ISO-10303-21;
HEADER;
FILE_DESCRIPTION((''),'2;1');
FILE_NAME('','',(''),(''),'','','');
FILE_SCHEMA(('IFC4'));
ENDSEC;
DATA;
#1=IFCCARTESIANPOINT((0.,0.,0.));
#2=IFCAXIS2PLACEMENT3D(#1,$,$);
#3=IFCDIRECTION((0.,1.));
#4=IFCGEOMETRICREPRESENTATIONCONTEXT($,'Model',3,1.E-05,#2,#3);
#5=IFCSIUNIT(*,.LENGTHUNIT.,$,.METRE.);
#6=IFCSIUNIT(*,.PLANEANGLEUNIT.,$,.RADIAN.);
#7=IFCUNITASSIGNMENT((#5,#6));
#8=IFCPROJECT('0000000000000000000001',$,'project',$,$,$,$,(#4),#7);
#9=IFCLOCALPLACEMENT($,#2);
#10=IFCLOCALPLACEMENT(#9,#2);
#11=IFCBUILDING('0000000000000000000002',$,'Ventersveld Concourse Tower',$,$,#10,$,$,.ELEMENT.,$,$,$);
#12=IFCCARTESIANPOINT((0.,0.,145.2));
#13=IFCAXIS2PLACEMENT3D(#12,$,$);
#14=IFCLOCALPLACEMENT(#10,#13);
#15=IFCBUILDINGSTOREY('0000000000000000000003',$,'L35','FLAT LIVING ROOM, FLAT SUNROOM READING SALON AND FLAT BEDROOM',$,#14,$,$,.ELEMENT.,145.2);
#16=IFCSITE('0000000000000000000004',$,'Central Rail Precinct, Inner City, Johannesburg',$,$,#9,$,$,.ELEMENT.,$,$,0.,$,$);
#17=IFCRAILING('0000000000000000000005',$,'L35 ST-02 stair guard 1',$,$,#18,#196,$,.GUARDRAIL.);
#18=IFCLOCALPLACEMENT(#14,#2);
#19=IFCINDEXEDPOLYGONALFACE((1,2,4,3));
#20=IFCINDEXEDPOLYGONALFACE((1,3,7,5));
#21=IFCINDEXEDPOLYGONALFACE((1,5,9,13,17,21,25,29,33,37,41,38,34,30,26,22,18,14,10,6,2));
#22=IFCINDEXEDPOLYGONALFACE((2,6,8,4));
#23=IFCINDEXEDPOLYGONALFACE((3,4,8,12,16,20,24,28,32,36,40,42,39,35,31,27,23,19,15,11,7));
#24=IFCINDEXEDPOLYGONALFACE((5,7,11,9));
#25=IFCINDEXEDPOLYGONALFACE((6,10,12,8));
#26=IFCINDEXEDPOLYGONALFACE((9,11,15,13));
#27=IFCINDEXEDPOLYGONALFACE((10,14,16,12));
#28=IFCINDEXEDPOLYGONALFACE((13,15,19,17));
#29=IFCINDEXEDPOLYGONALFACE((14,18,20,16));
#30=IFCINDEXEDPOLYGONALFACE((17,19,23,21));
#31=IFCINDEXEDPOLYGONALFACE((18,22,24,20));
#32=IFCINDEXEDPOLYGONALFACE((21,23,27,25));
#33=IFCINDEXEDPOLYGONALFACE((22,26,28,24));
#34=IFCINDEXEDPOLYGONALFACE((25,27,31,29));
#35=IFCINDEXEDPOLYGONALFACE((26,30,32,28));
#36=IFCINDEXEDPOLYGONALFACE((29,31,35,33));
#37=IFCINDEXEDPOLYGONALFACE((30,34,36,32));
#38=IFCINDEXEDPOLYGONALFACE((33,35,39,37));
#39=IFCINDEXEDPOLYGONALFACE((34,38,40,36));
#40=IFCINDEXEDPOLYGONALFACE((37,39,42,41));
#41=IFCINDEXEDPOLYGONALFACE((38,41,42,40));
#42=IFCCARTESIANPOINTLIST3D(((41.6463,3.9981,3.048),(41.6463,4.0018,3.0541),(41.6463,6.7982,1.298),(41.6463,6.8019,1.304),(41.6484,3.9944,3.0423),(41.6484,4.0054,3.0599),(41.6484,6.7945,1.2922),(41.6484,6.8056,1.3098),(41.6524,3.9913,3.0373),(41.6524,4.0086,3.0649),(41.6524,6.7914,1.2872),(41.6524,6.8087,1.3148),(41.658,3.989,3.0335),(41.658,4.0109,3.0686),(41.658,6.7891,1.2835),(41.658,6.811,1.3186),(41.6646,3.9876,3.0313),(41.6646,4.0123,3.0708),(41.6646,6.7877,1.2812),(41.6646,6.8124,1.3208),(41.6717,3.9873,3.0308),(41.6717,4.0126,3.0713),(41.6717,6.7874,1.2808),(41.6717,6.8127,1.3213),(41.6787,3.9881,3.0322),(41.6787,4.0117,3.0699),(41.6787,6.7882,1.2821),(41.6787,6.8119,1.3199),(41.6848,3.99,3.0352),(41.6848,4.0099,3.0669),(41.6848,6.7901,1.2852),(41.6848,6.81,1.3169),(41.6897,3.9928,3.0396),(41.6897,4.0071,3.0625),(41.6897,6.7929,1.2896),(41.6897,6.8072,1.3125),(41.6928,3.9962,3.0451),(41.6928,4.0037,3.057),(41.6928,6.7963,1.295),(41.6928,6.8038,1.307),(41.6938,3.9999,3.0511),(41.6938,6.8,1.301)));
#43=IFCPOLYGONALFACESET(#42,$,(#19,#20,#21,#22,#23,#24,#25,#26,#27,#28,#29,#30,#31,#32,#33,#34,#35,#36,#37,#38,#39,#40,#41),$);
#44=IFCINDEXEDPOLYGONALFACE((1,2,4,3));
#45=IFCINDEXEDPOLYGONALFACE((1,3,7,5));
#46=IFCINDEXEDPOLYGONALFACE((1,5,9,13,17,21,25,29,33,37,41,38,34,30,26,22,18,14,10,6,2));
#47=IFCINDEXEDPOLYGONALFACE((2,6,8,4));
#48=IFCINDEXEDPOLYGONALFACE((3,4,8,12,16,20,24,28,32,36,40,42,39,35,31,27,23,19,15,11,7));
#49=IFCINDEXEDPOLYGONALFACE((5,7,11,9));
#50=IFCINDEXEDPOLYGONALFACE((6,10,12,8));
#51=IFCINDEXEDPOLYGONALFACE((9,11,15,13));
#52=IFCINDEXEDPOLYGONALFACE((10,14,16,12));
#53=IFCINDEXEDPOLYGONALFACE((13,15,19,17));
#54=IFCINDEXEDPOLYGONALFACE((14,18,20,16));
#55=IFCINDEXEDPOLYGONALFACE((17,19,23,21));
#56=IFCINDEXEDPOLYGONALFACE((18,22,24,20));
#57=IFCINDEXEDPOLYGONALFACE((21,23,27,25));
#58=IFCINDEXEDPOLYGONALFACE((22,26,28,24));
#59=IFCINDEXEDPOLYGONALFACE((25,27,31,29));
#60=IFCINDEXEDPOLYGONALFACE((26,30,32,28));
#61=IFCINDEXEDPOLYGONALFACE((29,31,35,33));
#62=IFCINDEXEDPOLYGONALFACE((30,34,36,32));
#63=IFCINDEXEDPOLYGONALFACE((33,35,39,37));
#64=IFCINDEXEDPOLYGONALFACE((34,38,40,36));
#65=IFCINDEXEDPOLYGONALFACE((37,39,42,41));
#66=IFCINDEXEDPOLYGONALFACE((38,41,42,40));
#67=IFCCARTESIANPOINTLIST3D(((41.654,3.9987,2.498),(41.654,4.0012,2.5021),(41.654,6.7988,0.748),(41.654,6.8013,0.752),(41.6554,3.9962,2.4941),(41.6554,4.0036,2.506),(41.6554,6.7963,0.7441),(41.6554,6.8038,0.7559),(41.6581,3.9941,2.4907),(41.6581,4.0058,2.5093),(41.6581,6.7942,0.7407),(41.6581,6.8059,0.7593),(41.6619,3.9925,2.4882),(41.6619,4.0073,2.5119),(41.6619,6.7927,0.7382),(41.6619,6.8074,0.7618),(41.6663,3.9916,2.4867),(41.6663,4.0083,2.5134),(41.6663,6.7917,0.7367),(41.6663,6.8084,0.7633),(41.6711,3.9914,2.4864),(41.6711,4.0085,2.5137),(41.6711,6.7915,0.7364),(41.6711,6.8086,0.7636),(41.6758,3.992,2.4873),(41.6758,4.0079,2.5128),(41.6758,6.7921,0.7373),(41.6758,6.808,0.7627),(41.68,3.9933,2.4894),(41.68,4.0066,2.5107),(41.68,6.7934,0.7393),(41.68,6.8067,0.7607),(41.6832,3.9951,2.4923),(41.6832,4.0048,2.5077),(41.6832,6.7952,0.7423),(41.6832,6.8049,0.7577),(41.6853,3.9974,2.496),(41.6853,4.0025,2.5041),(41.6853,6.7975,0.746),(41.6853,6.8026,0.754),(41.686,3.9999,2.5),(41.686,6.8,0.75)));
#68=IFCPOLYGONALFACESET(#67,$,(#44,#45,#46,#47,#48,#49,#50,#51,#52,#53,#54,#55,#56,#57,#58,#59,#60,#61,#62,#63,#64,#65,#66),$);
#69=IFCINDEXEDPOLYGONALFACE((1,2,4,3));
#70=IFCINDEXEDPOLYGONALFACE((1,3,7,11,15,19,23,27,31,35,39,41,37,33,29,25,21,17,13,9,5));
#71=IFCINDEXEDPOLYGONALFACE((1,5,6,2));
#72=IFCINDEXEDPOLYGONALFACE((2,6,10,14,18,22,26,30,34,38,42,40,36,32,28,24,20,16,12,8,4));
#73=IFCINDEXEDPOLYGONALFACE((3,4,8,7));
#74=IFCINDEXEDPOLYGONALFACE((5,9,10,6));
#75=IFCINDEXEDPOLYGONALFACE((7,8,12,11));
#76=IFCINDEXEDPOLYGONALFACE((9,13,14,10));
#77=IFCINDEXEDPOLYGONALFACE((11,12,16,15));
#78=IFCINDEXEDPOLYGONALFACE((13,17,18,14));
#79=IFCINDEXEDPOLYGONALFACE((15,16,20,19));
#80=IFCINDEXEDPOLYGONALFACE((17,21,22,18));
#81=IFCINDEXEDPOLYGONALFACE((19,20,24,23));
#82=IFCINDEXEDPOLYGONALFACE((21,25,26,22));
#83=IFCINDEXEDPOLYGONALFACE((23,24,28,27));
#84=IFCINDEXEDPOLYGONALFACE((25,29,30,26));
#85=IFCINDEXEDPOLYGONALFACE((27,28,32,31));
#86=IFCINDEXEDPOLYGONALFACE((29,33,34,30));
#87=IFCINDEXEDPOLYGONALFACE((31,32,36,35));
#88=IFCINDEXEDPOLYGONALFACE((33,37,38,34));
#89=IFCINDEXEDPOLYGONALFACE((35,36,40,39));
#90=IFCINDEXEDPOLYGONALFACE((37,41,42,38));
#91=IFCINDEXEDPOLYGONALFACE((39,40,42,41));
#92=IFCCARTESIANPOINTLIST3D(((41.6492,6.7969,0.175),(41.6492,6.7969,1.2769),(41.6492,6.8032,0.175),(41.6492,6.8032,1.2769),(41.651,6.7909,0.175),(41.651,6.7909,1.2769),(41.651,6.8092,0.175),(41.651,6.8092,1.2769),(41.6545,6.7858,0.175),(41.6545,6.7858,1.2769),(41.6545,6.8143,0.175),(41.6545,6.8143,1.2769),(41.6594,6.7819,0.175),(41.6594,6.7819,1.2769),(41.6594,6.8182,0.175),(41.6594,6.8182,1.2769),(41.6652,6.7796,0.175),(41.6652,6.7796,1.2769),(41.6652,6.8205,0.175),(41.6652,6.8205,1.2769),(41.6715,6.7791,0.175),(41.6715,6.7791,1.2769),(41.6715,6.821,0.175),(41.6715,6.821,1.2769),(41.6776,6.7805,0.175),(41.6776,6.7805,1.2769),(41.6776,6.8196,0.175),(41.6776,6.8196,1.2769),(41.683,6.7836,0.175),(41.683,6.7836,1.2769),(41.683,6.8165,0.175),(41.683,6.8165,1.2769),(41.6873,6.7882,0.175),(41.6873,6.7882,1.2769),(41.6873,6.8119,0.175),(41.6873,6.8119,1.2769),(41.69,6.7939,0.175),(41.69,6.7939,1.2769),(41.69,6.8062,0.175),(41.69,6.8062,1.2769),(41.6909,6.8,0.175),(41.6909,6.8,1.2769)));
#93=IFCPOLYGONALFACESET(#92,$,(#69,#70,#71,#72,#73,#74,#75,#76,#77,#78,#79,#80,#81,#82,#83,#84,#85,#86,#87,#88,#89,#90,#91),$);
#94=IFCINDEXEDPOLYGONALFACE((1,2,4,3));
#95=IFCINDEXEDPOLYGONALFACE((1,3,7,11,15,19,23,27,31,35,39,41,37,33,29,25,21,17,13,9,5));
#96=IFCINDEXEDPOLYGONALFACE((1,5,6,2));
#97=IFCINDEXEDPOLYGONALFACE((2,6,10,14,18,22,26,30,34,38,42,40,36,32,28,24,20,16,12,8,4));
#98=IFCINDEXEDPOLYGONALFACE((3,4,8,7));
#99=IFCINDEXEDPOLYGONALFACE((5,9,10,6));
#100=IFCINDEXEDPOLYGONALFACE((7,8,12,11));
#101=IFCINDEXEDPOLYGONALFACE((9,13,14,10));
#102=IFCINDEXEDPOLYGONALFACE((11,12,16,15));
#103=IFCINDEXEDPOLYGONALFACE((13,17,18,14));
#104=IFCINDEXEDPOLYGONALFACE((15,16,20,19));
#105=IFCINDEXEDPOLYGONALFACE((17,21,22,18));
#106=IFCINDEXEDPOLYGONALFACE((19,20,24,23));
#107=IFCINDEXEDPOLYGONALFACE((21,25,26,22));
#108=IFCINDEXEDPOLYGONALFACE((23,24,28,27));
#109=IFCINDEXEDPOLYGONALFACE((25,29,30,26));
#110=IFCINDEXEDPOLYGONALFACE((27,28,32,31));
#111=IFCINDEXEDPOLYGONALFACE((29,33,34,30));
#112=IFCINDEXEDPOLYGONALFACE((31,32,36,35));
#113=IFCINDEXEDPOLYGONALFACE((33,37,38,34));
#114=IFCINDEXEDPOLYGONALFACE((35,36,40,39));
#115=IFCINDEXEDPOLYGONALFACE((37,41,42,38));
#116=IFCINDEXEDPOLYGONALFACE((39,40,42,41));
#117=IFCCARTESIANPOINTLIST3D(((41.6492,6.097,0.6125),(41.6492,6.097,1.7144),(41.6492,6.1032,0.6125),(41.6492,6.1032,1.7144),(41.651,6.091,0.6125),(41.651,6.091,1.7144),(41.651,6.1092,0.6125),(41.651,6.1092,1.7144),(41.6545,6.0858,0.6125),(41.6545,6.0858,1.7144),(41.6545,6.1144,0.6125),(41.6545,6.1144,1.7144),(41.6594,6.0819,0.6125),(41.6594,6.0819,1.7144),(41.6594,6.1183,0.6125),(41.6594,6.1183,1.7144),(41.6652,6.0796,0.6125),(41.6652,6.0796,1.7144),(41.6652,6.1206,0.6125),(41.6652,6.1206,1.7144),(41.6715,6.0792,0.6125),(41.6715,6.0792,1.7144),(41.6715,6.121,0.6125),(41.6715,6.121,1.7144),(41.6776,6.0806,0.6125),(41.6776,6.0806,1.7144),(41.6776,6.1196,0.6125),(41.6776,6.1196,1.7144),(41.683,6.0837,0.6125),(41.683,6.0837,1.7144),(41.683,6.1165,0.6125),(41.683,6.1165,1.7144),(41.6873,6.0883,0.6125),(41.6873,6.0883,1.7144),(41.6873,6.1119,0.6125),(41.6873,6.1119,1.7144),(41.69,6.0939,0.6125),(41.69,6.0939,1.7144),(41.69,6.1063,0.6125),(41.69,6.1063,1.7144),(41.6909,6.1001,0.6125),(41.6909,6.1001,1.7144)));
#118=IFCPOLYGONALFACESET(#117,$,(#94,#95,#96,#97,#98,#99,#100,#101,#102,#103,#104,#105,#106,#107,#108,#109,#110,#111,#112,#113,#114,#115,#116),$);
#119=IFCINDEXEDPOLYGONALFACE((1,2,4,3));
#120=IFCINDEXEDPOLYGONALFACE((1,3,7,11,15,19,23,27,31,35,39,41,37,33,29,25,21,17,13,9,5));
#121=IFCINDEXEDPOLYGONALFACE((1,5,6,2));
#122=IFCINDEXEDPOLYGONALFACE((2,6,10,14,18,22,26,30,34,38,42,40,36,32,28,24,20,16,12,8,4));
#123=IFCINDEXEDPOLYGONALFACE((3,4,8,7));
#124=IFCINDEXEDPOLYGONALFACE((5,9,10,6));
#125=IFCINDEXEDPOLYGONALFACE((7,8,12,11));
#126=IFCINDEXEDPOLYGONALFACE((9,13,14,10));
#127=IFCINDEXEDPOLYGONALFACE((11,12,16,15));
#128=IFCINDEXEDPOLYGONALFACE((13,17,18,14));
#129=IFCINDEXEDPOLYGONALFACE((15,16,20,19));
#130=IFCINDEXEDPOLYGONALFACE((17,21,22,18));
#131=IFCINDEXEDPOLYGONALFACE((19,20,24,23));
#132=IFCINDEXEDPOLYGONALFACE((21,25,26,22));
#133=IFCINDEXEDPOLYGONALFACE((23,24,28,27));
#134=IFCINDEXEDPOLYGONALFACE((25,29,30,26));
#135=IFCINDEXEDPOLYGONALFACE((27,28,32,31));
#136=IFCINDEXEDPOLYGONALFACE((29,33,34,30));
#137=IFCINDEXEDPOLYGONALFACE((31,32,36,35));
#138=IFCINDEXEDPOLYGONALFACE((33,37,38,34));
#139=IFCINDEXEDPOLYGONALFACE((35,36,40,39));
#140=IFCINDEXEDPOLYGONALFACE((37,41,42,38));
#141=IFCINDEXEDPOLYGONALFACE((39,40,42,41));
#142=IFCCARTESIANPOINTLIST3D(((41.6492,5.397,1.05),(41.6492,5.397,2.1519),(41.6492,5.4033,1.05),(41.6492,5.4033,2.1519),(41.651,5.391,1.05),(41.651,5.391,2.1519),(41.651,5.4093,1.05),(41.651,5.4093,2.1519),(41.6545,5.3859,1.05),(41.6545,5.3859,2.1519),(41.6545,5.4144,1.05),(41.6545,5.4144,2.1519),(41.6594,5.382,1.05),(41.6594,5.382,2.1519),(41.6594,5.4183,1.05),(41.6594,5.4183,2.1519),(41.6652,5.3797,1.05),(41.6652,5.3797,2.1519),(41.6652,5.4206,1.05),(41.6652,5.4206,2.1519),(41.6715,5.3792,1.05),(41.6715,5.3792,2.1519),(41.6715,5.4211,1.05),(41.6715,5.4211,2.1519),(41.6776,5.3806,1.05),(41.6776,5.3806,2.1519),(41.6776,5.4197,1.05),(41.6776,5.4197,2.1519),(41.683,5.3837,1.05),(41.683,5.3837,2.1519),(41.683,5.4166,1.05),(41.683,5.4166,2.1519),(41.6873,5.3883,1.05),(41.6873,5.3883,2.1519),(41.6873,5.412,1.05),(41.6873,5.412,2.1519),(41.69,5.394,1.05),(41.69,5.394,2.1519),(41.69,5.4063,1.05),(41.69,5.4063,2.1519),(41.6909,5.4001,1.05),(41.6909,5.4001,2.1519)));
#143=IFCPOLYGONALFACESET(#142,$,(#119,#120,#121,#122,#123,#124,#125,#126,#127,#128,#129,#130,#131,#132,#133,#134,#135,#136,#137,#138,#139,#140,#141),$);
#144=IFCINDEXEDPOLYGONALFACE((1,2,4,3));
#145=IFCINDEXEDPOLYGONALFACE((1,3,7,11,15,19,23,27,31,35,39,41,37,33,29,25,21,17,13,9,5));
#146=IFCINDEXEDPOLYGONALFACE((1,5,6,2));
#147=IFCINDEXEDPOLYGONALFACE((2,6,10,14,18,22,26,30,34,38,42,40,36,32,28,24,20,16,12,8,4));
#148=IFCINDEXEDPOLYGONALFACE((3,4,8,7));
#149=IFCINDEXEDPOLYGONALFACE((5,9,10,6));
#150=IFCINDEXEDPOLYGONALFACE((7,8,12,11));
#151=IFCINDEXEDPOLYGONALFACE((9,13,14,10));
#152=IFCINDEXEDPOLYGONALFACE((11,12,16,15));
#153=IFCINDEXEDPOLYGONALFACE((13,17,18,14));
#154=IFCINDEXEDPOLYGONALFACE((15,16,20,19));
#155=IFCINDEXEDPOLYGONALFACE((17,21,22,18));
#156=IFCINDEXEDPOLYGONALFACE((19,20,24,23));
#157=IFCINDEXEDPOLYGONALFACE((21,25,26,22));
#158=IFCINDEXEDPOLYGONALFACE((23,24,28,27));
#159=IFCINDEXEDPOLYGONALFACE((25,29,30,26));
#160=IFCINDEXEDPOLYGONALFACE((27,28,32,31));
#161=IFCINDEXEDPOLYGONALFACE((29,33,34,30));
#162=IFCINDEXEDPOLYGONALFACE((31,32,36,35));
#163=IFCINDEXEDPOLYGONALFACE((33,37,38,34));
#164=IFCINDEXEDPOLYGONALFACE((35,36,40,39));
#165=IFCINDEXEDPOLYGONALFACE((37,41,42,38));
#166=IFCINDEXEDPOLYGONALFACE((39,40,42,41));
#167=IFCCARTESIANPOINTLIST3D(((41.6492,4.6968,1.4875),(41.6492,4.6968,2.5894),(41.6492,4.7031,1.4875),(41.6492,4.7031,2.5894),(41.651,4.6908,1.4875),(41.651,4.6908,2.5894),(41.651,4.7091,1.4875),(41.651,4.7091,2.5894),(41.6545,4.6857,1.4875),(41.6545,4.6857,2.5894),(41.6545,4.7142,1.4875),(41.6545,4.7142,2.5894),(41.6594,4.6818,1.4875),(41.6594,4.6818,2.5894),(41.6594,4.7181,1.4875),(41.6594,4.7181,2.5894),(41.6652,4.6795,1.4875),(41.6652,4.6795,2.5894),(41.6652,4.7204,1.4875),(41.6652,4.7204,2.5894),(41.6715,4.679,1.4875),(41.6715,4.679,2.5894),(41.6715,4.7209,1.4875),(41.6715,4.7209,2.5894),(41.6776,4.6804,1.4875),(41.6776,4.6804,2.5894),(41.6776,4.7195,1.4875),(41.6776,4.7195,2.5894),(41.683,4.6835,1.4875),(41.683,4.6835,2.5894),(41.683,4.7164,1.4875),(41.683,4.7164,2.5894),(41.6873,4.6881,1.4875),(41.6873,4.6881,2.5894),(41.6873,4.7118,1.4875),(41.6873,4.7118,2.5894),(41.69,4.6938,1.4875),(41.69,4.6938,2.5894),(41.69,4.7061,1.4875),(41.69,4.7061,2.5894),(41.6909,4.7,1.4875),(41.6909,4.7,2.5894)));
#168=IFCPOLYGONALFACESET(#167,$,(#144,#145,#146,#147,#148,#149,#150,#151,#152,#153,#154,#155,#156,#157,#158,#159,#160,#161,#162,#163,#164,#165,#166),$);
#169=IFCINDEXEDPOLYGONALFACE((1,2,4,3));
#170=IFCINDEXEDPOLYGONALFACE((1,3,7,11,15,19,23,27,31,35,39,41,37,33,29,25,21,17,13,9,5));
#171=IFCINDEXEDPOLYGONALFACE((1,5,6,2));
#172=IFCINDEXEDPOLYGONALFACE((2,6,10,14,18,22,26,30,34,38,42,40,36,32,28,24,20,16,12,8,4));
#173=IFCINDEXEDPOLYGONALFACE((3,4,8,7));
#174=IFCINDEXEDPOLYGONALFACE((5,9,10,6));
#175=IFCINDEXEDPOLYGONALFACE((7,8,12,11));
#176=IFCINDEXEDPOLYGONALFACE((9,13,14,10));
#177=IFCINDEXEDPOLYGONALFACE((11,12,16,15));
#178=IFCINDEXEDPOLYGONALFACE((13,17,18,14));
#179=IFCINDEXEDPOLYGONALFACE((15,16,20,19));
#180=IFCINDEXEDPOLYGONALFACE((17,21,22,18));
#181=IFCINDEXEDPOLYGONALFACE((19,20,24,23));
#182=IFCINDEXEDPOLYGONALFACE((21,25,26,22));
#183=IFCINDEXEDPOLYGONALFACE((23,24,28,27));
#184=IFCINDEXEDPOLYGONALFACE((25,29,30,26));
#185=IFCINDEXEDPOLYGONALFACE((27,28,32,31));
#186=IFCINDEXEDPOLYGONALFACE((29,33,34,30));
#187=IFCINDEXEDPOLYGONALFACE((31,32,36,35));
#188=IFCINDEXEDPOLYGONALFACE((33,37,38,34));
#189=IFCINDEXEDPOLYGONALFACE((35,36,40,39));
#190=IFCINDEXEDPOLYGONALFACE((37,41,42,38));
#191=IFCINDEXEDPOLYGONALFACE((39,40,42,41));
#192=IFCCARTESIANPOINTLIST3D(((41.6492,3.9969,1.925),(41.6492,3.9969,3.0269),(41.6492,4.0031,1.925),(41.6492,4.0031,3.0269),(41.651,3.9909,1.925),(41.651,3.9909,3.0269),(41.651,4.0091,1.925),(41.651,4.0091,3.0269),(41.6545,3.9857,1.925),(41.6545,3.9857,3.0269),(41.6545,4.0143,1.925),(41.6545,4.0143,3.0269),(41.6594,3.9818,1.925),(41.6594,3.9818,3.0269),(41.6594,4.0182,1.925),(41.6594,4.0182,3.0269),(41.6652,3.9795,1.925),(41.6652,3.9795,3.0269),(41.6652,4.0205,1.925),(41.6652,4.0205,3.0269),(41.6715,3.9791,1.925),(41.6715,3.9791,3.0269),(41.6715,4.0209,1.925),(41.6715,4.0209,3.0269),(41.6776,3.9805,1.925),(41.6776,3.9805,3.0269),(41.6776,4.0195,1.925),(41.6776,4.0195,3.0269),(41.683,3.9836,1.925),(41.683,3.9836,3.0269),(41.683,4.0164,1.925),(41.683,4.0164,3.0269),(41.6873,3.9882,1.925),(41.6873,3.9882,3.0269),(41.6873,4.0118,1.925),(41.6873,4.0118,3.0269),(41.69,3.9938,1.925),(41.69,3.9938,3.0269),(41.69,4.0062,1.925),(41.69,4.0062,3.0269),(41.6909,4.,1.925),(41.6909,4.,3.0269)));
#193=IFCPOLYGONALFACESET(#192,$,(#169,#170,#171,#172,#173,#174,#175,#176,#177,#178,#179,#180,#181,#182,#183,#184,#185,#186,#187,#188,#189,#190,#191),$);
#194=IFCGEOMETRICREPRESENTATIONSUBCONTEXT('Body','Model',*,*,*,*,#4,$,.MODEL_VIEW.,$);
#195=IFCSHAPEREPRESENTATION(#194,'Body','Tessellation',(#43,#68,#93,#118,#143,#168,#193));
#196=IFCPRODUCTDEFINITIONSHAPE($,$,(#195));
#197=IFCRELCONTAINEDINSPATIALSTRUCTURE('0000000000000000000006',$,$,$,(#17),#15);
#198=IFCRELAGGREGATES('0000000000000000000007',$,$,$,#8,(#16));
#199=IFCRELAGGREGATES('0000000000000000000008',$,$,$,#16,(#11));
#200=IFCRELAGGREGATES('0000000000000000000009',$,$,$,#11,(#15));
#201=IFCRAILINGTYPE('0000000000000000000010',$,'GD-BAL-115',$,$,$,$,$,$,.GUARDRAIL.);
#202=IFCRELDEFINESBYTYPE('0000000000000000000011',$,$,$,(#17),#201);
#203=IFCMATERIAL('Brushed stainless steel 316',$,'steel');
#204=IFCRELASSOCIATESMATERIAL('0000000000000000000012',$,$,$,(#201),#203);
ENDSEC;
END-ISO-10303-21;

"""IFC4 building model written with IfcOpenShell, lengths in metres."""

from ifc_helpers import new_model, si_unit, direction, frame, origin, origin_2d, place, context, subcontext, project, spatial, circle, extrude, material, type_object, element, save


model = new_model("IFC4")

# Units and contexts
model_context = context("Model", 3, precision=1e-05, world=origin(), true_north=direction((0.0, 1.0)))
body_context = subcontext(model_context, "Body", "Model", "MODEL_VIEW")
ifc_project = project(units=[si_unit("LENGTHUNIT", "METRE"), si_unit("PLANEANGLEUNIT", "RADIAN")], contexts=[model_context])

# Site, building, storey
site_placement = place(None, origin())
site = spatial("IfcSite", under=ifc_project, at=site_placement, Name="Central Rail Precinct, Inner City, Johannesburg", CompositionType="ELEMENT", RefElevation=0.0)
building_placement = place(site_placement, origin())
building = spatial("IfcBuilding", under=site, at=building_placement, Name="Ventersveld Concourse Tower", CompositionType="ELEMENT")
storey_placement = place(building_placement, frame((0.0, 0.0, 145.2)))
storey = spatial("IfcBuildingStorey", under=building, at=storey_placement, Name="L35", Description="FLAT LIVING ROOM, FLAT SUNROOM READING SALON AND FLAT BEDROOM", CompositionType="ELEMENT", Elevation=145.2)

# Railing
ifc_material_1 = material(Name="Brushed stainless steel 316", Category="steel")
railing_type_1 = type_object("IfcRailingType", Name="GD-BAL-115", PredefinedType="GUARDRAIL", material=ifc_material_1)
railing_1_placement = place(storey_placement, frame((41.6699, 6.8, 0.175)))
element("IfcRailing", 1, at=railing_1_placement, inside=storey, type_object=railing_type_1, Name="L35 ST-02 stair guard 1", PredefinedType="GUARDRAIL", context=body_context, shape_type="SweptSolid", body=[
    extrude(circle(Radius=0.0239, at=origin_2d()), frame((0.0, 0.0, 1.126), z_axis=(0.0, -0.848002, 0.529992), x_axis=(1.0, 0.0, 0.0)), (0.0, 0.0, 1.0), 3.302),
    extrude(circle(Radius=0.0161, at=origin_2d()), frame((0.0, 0.0, 0.575), z_axis=(0.0, -0.848002, 0.529992), x_axis=(1.0, 0.0, 0.0)), (0.0, 0.0, 1.0), 3.302),
    extrude(circle(Radius=0.021, at=origin_2d()), origin(), (0.0, 0.0, 1.0), 1.1018),
    extrude(circle(Radius=0.021, at=origin_2d()), frame((0.0, -0.7, 0.4375)), (0.0, 0.0, 1.0), 1.1018),
    extrude(circle(Radius=0.021, at=origin_2d()), frame((0.0, -1.3999, 0.875)), (0.0, 0.0, 1.0), 1.1018),
    extrude(circle(Radius=0.021, at=origin_2d()), frame((0.0, -2.1001, 1.3125)), (0.0, 0.0, 1.0), 1.1018),
    extrude(circle(Radius=0.021, at=origin_2d()), frame((0.0, -2.8, 1.75)), (0.0, 0.0, 1.0), 1.1018),
])

save(model, "model.ifc")
